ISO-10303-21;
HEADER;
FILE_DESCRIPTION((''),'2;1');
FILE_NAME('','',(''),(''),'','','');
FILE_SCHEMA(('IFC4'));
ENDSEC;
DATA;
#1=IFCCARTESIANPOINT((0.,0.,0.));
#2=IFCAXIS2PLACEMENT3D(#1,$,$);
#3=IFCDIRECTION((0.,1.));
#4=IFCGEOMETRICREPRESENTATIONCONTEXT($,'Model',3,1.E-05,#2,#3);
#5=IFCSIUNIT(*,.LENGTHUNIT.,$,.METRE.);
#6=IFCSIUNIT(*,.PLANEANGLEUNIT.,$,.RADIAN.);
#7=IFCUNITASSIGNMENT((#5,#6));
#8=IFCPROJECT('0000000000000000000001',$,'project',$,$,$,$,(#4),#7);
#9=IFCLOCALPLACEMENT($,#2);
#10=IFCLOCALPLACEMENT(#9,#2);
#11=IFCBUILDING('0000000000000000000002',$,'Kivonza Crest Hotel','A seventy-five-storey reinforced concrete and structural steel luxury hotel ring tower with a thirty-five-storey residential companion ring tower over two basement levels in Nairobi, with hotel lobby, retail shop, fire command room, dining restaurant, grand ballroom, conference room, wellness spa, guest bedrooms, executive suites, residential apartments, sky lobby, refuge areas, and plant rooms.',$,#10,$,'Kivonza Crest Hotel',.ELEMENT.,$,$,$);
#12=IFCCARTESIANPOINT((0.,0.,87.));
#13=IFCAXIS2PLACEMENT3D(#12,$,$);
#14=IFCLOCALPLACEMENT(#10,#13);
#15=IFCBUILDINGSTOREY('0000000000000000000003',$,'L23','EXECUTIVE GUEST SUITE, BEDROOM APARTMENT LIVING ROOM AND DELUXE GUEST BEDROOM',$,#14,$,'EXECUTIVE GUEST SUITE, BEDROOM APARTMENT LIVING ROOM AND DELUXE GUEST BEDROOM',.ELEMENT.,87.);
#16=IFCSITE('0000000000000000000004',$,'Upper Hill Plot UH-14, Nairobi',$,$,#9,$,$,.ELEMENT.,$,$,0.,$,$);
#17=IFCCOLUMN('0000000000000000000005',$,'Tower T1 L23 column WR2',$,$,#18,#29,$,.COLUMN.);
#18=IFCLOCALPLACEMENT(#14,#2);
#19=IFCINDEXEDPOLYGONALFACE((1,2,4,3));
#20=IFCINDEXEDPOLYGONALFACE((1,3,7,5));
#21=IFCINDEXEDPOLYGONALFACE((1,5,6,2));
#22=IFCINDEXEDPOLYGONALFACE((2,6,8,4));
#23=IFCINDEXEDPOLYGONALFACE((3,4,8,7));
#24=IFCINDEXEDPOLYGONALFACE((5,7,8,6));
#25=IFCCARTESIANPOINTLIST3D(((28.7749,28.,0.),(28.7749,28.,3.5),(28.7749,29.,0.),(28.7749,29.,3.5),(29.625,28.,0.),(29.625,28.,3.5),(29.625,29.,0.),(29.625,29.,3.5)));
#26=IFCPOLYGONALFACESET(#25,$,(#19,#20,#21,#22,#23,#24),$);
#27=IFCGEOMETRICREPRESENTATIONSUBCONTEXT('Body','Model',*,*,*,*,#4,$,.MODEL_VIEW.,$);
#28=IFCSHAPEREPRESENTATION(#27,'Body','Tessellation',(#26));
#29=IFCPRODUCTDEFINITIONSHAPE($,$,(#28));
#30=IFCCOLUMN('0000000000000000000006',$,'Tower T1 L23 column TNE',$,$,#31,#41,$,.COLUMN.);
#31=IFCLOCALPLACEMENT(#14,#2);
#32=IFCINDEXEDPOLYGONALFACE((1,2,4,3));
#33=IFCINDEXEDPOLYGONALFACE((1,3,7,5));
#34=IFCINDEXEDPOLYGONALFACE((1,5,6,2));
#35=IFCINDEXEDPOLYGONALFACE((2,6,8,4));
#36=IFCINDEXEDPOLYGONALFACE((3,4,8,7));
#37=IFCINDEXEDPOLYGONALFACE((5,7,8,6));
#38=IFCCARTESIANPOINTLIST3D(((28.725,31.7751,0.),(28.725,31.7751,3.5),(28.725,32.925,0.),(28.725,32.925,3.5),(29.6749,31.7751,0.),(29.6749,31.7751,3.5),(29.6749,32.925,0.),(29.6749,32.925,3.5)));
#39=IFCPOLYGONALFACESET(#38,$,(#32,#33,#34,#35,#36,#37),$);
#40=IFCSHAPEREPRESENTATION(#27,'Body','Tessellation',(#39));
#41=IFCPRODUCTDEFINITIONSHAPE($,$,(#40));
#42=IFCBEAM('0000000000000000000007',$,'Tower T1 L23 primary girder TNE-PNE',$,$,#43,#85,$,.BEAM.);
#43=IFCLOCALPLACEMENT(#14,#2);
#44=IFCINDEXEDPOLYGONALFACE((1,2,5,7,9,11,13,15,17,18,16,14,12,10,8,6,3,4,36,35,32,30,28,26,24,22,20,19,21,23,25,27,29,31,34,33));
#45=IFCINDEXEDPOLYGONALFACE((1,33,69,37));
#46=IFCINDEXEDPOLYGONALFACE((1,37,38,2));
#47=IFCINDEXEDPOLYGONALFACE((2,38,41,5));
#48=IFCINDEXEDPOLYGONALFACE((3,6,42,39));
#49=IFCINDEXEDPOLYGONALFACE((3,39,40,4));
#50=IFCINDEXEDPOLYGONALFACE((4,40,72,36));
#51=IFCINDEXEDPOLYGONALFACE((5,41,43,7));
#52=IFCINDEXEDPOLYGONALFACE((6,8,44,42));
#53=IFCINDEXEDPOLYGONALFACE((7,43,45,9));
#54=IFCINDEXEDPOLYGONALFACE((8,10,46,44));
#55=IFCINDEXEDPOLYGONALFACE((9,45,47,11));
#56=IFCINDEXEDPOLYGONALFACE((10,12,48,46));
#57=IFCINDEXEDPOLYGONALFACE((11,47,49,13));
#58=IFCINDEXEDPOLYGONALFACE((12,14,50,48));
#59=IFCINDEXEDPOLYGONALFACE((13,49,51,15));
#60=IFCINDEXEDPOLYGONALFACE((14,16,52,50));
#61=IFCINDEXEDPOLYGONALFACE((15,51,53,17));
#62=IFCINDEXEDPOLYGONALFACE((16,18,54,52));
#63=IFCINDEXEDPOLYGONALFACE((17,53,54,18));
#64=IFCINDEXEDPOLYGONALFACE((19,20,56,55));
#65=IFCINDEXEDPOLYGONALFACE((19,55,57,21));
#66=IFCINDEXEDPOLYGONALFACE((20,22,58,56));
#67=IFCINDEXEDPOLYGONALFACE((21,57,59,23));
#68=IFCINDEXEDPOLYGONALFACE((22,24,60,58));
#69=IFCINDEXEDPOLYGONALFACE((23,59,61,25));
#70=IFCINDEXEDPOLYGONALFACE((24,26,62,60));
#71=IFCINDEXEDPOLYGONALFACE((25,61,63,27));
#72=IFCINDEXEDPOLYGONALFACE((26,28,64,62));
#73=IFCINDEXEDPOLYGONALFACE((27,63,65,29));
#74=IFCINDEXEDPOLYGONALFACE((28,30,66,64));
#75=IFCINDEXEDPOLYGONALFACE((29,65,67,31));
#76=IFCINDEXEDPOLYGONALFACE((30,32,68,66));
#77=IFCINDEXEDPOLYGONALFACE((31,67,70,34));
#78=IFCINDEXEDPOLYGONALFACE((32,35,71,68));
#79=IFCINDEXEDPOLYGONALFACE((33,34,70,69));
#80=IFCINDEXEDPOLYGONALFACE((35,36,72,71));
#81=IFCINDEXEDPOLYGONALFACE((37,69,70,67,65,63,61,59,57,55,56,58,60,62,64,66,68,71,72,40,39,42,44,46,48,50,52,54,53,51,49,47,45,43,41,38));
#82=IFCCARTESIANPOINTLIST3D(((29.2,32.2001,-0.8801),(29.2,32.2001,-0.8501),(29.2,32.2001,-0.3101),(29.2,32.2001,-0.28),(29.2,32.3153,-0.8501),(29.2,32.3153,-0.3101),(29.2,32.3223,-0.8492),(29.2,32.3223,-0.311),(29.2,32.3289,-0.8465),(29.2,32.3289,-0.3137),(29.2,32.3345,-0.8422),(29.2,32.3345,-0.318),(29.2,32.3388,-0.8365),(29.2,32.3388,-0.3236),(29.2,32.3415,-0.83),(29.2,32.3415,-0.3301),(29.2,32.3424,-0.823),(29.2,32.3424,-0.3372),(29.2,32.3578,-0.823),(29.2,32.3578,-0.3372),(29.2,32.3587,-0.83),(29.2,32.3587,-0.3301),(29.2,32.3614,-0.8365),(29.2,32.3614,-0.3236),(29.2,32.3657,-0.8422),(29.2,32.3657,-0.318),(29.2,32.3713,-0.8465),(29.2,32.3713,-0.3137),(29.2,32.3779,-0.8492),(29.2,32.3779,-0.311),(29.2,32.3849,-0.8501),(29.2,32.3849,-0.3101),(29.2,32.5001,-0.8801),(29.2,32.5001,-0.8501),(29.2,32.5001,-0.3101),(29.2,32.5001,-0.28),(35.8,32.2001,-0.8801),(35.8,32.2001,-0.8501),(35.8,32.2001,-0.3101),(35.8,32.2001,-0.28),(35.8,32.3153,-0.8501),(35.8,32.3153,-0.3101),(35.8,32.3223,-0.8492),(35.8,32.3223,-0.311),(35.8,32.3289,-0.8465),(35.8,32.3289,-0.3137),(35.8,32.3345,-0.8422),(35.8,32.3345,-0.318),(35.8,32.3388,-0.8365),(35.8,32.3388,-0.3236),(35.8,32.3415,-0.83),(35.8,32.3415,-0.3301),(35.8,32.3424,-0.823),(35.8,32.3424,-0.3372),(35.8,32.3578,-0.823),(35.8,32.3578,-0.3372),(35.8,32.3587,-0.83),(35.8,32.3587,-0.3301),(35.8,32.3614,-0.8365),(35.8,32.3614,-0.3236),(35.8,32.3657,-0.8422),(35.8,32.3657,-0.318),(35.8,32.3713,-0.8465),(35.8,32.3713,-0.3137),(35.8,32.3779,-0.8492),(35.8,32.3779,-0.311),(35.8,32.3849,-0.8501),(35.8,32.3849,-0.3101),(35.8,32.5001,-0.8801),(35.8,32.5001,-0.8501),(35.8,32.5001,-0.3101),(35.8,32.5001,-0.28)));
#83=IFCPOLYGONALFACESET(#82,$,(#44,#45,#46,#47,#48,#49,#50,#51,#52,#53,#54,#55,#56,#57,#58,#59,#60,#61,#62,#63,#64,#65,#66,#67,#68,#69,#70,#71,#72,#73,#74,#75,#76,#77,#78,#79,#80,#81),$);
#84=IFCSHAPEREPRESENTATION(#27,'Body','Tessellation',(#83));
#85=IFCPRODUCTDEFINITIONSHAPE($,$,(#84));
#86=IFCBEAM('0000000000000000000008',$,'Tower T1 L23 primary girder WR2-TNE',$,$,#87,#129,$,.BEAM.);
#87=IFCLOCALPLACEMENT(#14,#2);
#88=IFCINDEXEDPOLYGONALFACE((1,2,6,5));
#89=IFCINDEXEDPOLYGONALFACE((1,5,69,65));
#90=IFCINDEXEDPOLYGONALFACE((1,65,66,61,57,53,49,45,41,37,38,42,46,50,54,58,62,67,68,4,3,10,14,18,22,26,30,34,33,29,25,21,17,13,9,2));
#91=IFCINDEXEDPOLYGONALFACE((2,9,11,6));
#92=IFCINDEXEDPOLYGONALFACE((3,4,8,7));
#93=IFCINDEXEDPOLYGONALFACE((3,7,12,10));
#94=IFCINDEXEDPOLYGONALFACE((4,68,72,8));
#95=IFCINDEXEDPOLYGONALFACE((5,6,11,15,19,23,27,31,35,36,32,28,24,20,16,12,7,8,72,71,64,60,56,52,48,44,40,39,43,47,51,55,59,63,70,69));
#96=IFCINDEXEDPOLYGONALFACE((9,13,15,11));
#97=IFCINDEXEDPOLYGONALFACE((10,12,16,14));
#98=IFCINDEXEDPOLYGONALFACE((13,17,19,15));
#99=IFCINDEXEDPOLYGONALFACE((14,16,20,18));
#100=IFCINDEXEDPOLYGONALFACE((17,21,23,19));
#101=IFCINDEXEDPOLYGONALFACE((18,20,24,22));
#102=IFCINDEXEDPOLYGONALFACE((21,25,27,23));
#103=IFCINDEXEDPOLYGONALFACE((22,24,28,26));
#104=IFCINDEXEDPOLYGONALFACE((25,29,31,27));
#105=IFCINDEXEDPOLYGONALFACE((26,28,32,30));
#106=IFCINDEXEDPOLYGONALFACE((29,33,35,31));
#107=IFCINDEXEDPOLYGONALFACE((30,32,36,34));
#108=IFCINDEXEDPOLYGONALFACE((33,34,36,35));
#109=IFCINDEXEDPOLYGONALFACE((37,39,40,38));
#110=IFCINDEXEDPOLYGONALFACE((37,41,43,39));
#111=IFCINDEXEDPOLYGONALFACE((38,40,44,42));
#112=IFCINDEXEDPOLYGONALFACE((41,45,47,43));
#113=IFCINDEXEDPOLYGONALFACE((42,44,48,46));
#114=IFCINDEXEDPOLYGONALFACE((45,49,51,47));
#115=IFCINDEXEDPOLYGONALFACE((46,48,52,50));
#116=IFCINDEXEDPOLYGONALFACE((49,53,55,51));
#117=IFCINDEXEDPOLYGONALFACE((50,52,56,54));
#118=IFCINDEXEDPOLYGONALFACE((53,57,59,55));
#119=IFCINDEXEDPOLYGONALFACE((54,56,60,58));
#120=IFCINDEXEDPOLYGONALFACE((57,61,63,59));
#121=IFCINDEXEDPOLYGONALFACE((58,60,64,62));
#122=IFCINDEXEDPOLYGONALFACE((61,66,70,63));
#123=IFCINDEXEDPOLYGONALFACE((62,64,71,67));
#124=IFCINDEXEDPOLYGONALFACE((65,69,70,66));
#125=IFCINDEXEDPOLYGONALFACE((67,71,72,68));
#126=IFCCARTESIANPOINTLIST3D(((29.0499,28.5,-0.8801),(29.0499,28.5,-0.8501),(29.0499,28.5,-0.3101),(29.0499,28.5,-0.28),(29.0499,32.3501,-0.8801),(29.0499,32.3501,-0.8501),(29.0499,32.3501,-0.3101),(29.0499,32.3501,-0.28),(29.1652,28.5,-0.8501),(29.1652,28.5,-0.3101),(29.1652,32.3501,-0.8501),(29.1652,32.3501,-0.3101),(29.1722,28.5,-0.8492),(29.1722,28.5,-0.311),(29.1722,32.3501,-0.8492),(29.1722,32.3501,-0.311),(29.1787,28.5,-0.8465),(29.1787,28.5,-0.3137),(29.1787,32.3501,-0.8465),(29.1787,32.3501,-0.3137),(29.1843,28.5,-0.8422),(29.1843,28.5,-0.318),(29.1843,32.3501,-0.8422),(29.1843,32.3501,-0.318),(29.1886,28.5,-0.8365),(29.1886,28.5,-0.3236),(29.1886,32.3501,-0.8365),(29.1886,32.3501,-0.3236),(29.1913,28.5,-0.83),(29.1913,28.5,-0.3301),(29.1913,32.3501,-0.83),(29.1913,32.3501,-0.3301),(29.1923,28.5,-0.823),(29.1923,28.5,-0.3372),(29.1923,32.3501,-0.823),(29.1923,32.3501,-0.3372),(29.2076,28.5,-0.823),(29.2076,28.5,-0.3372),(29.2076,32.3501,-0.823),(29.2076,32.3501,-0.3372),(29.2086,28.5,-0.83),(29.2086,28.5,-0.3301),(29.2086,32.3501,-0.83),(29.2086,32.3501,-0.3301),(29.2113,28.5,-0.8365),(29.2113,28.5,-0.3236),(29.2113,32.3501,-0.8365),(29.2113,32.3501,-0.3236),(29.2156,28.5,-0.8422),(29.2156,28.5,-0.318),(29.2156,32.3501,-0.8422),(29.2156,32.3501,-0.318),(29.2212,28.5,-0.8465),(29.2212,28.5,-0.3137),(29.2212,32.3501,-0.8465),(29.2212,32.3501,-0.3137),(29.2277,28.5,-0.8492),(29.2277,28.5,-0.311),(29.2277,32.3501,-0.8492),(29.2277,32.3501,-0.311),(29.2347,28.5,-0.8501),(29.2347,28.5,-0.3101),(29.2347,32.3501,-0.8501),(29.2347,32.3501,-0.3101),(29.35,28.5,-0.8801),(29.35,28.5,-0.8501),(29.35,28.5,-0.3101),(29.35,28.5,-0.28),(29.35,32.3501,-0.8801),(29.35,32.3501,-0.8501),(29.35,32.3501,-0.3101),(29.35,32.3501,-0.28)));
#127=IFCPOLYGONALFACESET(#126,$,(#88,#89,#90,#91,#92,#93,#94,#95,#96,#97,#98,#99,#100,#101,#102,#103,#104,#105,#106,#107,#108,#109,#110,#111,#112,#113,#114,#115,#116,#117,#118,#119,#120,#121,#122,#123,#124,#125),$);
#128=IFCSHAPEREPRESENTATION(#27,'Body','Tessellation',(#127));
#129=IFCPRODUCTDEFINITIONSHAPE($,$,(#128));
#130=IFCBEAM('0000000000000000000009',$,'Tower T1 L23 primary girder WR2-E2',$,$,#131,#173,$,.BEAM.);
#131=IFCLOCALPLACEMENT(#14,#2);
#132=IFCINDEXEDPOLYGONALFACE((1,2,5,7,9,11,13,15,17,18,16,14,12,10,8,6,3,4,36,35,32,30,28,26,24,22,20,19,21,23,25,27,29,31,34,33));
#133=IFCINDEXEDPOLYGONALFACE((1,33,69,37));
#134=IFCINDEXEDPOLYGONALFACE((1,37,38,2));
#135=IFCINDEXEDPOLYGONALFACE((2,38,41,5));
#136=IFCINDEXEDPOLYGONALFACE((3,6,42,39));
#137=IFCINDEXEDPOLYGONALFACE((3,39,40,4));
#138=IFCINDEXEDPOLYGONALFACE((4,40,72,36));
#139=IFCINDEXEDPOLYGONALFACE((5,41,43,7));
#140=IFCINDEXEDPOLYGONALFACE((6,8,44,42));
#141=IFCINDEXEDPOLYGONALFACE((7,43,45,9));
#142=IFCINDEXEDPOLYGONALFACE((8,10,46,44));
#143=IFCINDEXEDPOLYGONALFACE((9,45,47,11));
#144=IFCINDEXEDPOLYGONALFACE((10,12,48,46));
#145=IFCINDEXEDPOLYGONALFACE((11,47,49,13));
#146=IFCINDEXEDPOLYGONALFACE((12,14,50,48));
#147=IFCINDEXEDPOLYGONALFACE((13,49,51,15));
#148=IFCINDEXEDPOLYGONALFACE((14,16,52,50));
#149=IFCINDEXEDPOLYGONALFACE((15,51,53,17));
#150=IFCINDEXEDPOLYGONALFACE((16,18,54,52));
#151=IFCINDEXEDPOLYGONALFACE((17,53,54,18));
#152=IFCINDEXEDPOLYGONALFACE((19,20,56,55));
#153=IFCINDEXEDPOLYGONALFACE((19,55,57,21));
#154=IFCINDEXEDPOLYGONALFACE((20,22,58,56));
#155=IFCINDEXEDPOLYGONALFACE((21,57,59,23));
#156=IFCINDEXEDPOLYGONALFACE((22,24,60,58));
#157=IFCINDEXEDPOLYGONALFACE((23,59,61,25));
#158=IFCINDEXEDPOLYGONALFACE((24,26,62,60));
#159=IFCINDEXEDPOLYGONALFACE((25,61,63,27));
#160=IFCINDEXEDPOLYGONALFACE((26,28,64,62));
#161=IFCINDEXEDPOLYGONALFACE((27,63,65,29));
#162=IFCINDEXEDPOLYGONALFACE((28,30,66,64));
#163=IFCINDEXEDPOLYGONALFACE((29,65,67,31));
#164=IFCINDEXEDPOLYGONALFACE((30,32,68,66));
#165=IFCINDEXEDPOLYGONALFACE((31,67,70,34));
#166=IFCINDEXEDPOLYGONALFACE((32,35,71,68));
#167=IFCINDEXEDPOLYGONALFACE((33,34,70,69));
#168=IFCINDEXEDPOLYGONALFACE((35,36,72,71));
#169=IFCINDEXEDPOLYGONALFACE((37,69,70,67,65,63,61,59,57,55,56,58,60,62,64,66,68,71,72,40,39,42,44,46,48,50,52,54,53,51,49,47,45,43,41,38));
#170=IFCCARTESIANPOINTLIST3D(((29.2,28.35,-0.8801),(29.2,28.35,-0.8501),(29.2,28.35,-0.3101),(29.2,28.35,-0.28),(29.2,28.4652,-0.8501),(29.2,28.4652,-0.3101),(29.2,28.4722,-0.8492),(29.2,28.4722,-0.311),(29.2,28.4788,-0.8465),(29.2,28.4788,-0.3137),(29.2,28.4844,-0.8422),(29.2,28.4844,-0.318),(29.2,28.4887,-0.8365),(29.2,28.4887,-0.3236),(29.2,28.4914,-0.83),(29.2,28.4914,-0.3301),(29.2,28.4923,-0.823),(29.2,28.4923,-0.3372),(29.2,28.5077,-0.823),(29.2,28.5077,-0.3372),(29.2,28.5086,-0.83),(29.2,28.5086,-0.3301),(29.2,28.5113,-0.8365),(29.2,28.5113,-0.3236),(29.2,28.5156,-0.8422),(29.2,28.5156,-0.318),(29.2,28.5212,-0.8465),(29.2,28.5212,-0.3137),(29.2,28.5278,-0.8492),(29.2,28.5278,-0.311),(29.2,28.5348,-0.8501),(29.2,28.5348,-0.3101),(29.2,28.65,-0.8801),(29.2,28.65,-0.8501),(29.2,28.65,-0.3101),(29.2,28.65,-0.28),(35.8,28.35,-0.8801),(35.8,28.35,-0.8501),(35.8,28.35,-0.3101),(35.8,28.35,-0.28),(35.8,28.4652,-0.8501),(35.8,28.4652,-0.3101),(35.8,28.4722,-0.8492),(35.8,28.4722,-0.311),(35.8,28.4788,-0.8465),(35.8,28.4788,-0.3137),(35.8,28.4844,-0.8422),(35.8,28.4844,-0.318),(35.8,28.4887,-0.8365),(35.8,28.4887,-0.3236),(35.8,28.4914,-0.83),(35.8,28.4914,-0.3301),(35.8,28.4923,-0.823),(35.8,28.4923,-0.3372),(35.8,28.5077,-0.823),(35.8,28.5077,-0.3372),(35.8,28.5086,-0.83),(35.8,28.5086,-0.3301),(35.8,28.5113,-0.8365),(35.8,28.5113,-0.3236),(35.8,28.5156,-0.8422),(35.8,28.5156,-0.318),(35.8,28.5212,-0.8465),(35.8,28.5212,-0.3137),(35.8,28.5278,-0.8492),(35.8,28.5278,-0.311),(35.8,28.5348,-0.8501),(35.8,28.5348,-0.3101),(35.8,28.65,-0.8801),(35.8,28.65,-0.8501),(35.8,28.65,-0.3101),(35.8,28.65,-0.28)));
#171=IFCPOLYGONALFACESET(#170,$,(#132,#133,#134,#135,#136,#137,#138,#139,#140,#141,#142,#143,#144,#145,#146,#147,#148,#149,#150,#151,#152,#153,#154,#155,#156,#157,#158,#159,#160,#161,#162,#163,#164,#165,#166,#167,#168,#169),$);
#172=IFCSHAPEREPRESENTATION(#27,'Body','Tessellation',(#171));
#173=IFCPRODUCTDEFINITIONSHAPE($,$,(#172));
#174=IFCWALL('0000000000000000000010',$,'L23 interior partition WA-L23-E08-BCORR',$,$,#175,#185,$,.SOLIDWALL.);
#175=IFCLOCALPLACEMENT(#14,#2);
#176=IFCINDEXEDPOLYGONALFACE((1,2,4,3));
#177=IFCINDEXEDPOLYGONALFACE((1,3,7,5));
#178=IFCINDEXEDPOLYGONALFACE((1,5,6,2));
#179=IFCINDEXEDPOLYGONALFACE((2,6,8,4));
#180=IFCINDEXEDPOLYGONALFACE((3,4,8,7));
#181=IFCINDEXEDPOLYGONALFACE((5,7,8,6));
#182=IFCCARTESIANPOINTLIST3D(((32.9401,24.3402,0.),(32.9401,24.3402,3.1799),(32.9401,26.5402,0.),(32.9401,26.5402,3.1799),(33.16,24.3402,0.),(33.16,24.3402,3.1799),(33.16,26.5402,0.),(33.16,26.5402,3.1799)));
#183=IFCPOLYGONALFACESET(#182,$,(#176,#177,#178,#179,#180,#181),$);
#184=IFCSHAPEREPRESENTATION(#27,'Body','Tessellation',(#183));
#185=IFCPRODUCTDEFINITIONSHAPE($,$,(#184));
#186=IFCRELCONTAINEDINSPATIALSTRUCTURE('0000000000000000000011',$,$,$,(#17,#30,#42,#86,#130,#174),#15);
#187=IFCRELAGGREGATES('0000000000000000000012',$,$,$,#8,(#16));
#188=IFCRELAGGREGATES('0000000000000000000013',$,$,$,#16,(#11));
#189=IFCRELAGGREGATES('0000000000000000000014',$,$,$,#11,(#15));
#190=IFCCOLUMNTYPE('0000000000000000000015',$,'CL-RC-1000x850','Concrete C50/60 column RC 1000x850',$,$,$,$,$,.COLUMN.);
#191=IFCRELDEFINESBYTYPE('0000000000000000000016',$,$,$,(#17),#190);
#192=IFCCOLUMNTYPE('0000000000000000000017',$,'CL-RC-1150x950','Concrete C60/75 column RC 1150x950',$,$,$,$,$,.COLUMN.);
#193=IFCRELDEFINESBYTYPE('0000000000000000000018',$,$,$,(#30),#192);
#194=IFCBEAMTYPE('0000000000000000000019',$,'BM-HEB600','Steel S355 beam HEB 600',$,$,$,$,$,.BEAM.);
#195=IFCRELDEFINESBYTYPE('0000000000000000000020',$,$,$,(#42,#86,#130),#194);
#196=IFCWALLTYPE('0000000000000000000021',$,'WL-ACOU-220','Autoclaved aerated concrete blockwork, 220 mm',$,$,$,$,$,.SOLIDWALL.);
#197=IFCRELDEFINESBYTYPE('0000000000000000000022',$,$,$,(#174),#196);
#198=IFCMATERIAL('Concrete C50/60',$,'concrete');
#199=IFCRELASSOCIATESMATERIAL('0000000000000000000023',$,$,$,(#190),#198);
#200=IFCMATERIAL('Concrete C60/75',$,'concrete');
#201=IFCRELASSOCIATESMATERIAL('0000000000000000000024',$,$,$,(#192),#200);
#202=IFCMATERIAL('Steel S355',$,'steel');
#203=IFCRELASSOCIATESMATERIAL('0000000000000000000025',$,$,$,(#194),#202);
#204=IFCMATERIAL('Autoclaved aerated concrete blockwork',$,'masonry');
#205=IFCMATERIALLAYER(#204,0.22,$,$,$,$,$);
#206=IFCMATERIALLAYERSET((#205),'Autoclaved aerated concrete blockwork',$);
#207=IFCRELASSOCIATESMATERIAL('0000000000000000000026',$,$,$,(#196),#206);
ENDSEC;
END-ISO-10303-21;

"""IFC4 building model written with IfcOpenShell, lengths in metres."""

from ifc_helpers import new_model, si_unit, direction, frame, frame_2d, origin, origin_2d, place, context, subcontext, project, spatial, rectangle, i_section, extrude, material, layer, layer_set, material_profile, profile_set, type_object, element, save


model = new_model("IFC4")

# Units and contexts
model_context = context("Model", 3, precision=1e-05, world=origin(), true_north=direction((0.0, 1.0)))
body_context = subcontext(model_context, "Body", "Model", "MODEL_VIEW")
ifc_project = project(units=[si_unit("LENGTHUNIT", "METRE"), si_unit("PLANEANGLEUNIT", "RADIAN")], contexts=[model_context])

# Site, building, storey
site_placement = place(None, origin())
site = spatial("IfcSite", under=ifc_project, at=site_placement, Name="Upper Hill Plot UH-14, Nairobi", CompositionType="ELEMENT", RefElevation=0.0)
building_placement = place(site_placement, origin())
building = spatial("IfcBuilding", under=site, at=building_placement, Name="Kivonza Crest Hotel", Description="A seventy-five-storey reinforced concrete and structural steel luxury hotel ring tower with a thirty-five-storey residential companion ring tower over two basement levels in Nairobi, with hotel lobby, retail shop, fire command room, dining restaurant, grand ballroom, conference room, wellness spa, guest bedrooms, executive suites, residential apartments, sky lobby, refuge areas, and plant rooms.", LongName="Kivonza Crest Hotel", CompositionType="ELEMENT")
storey_placement = place(building_placement, frame((0.0, 0.0, 87.0)))
storey = spatial("IfcBuildingStorey", under=building, at=storey_placement, Name="L23", Description="EXECUTIVE GUEST SUITE, BEDROOM APARTMENT LIVING ROOM AND DELUXE GUEST BEDROOM", LongName="EXECUTIVE GUEST SUITE, BEDROOM APARTMENT LIVING ROOM AND DELUXE GUEST BEDROOM", CompositionType="ELEMENT", Elevation=87.0)

# Columns
ifc_material_1 = material(Name="Concrete C50/60", Category="concrete")
ifc_material_profile_1 = material_profile(ifc_material_1, rectangle(XDim=0.8501, YDim=1.0, at=origin_2d()), Name="RC 1000x850")
ifc_profile_set_1 = profile_set([ifc_material_profile_1], Name="Concrete C50/60")
column_type_1 = type_object("IfcColumnType", Name="CL-RC-1000x850", Description="Concrete C50/60 column RC 1000x850", PredefinedType="COLUMN", material=ifc_profile_set_1)
column_1_placement = place(storey_placement, frame((29.2, 28.5, 0.0), z_axis=(0.0, 0.0, 1.0), x_axis=(1.0, 0.0, 0.0)))
element("IfcColumn", 1, at=column_1_placement, inside=storey, type_object=column_type_1, Name="Tower T1 L23 column WR2", PredefinedType="COLUMN", context=body_context, shape_type="SweptSolid", body=[
    extrude(rectangle(XDim=0.8501, YDim=1.0, at=origin_2d()), origin(), (0.0, 0.0, 1.0), 3.5),
])
ifc_material_2 = material(Name="Concrete C60/75", Category="concrete")
ifc_material_profile_2 = material_profile(ifc_material_2, rectangle(XDim=0.95, YDim=1.1499, at=origin_2d()), Name="RC 1150x950")
ifc_profile_set_2 = profile_set([ifc_material_profile_2], Name="Concrete C60/75")
column_type_2 = type_object("IfcColumnType", Name="CL-RC-1150x950", Description="Concrete C60/75 column RC 1150x950", PredefinedType="COLUMN", material=ifc_profile_set_2)
column_2_placement = place(storey_placement, frame((29.2, 32.3501, 0.0), z_axis=(0.0, 0.0, 1.0), x_axis=(1.0, 0.0, 0.0)))
element("IfcColumn", 2, at=column_2_placement, inside=storey, type_object=column_type_2, Name="Tower T1 L23 column TNE", PredefinedType="COLUMN", context=body_context, shape_type="SweptSolid", body=[
    extrude(rectangle(XDim=0.95, YDim=1.1499, at=origin_2d()), origin(), (0.0, 0.0, 1.0), 3.5),
])

# Beams
ifc_material_3 = material(Name="Steel S355", Category="steel")
ifc_material_profile_3 = material_profile(ifc_material_3, i_section(OverallWidth=0.3, OverallDepth=0.6001, WebThickness=0.0154, FlangeThickness=0.03, FilletRadius=0.0271, at=origin_2d()), Name="HEB 600")
ifc_profile_set_3 = profile_set([ifc_material_profile_3], Name="Steel S355")
beam_type = type_object("IfcBeamType", Name="BM-HEB600", Description="Steel S355 beam HEB 600", PredefinedType="BEAM", material=ifc_profile_set_3)
beam_1_placement = place(storey_placement, frame((29.2, 32.3501, -0.5801), z_axis=(1.0, 0.0, 0.0), x_axis=(0.0, 1.0, 0.0)))
element("IfcBeam", 3, at=beam_1_placement, inside=storey, type_object=beam_type, Name="Tower T1 L23 primary girder TNE-PNE", PredefinedType="BEAM", context=body_context, shape_type="SweptSolid", body=[
    extrude(i_section(OverallWidth=0.3, OverallDepth=0.6001, WebThickness=0.0154, FlangeThickness=0.03, FilletRadius=0.0271, at=origin_2d()), origin(), (0.0, 0.0, 1.0), 6.6001),
])
beam_2_placement = place(storey_placement, frame((29.2, 28.5, -0.5801), z_axis=(0.0, 1.0, 0.0), x_axis=(-1.0, 0.0, 0.0)))
element("IfcBeam", 4, at=beam_2_placement, inside=storey, type_object=beam_type, Name="Tower T1 L23 primary girder WR2-TNE", PredefinedType="BEAM", context=body_context, shape_type="SweptSolid", body=[
    extrude(i_section(OverallWidth=0.3, OverallDepth=0.6001, WebThickness=0.0154, FlangeThickness=0.03, FilletRadius=0.0271, at=origin_2d()), origin(), (0.0, 0.0, 1.0), 3.8501),
])
beam_3_placement = place(storey_placement, frame((29.2, 28.5, -0.5801), z_axis=(1.0, 0.0, 0.0), x_axis=(0.0, 1.0, 0.0)))
element("IfcBeam", 5, at=beam_3_placement, inside=storey, type_object=beam_type, Name="Tower T1 L23 primary girder WR2-E2", PredefinedType="BEAM", context=body_context, shape_type="SweptSolid", body=[
    extrude(i_section(OverallWidth=0.3, OverallDepth=0.6001, WebThickness=0.0154, FlangeThickness=0.03, FilletRadius=0.0271, at=origin_2d()), origin(), (0.0, 0.0, 1.0), 6.6001),
])

# Wall
ifc_material_4 = material(Name="Autoclaved aerated concrete blockwork", Category="masonry")
ifc_layer_1 = layer(ifc_material_4, 0.22)
ifc_layer_set_1 = layer_set([ifc_layer_1], Name="Autoclaved aerated concrete blockwork")
wall_type_1 = type_object("IfcWallType", Name="WL-ACOU-220", Description="Autoclaved aerated concrete blockwork, 220 mm", PredefinedType="SOLIDWALL", material=ifc_layer_set_1)
wall_1_placement = place(storey_placement, frame((33.05, 24.3401, 0.0), z_axis=(0.0, 0.0, 1.0), x_axis=(0.0, 1.0, 0.0)))
element("IfcWall", 6, at=wall_1_placement, inside=storey, type_object=wall_type_1, Name="L23 interior partition WA-L23-E08-BCORR", PredefinedType="SOLIDWALL", context=body_context, shape_type="SweptSolid", body=[
    extrude(rectangle(XDim=2.2, YDim=0.22, at=frame_2d((1.1001, 0.0))), origin(), (0.0, 0.0, 1.0), 3.1799),
])

save(model, "model.ifc")
